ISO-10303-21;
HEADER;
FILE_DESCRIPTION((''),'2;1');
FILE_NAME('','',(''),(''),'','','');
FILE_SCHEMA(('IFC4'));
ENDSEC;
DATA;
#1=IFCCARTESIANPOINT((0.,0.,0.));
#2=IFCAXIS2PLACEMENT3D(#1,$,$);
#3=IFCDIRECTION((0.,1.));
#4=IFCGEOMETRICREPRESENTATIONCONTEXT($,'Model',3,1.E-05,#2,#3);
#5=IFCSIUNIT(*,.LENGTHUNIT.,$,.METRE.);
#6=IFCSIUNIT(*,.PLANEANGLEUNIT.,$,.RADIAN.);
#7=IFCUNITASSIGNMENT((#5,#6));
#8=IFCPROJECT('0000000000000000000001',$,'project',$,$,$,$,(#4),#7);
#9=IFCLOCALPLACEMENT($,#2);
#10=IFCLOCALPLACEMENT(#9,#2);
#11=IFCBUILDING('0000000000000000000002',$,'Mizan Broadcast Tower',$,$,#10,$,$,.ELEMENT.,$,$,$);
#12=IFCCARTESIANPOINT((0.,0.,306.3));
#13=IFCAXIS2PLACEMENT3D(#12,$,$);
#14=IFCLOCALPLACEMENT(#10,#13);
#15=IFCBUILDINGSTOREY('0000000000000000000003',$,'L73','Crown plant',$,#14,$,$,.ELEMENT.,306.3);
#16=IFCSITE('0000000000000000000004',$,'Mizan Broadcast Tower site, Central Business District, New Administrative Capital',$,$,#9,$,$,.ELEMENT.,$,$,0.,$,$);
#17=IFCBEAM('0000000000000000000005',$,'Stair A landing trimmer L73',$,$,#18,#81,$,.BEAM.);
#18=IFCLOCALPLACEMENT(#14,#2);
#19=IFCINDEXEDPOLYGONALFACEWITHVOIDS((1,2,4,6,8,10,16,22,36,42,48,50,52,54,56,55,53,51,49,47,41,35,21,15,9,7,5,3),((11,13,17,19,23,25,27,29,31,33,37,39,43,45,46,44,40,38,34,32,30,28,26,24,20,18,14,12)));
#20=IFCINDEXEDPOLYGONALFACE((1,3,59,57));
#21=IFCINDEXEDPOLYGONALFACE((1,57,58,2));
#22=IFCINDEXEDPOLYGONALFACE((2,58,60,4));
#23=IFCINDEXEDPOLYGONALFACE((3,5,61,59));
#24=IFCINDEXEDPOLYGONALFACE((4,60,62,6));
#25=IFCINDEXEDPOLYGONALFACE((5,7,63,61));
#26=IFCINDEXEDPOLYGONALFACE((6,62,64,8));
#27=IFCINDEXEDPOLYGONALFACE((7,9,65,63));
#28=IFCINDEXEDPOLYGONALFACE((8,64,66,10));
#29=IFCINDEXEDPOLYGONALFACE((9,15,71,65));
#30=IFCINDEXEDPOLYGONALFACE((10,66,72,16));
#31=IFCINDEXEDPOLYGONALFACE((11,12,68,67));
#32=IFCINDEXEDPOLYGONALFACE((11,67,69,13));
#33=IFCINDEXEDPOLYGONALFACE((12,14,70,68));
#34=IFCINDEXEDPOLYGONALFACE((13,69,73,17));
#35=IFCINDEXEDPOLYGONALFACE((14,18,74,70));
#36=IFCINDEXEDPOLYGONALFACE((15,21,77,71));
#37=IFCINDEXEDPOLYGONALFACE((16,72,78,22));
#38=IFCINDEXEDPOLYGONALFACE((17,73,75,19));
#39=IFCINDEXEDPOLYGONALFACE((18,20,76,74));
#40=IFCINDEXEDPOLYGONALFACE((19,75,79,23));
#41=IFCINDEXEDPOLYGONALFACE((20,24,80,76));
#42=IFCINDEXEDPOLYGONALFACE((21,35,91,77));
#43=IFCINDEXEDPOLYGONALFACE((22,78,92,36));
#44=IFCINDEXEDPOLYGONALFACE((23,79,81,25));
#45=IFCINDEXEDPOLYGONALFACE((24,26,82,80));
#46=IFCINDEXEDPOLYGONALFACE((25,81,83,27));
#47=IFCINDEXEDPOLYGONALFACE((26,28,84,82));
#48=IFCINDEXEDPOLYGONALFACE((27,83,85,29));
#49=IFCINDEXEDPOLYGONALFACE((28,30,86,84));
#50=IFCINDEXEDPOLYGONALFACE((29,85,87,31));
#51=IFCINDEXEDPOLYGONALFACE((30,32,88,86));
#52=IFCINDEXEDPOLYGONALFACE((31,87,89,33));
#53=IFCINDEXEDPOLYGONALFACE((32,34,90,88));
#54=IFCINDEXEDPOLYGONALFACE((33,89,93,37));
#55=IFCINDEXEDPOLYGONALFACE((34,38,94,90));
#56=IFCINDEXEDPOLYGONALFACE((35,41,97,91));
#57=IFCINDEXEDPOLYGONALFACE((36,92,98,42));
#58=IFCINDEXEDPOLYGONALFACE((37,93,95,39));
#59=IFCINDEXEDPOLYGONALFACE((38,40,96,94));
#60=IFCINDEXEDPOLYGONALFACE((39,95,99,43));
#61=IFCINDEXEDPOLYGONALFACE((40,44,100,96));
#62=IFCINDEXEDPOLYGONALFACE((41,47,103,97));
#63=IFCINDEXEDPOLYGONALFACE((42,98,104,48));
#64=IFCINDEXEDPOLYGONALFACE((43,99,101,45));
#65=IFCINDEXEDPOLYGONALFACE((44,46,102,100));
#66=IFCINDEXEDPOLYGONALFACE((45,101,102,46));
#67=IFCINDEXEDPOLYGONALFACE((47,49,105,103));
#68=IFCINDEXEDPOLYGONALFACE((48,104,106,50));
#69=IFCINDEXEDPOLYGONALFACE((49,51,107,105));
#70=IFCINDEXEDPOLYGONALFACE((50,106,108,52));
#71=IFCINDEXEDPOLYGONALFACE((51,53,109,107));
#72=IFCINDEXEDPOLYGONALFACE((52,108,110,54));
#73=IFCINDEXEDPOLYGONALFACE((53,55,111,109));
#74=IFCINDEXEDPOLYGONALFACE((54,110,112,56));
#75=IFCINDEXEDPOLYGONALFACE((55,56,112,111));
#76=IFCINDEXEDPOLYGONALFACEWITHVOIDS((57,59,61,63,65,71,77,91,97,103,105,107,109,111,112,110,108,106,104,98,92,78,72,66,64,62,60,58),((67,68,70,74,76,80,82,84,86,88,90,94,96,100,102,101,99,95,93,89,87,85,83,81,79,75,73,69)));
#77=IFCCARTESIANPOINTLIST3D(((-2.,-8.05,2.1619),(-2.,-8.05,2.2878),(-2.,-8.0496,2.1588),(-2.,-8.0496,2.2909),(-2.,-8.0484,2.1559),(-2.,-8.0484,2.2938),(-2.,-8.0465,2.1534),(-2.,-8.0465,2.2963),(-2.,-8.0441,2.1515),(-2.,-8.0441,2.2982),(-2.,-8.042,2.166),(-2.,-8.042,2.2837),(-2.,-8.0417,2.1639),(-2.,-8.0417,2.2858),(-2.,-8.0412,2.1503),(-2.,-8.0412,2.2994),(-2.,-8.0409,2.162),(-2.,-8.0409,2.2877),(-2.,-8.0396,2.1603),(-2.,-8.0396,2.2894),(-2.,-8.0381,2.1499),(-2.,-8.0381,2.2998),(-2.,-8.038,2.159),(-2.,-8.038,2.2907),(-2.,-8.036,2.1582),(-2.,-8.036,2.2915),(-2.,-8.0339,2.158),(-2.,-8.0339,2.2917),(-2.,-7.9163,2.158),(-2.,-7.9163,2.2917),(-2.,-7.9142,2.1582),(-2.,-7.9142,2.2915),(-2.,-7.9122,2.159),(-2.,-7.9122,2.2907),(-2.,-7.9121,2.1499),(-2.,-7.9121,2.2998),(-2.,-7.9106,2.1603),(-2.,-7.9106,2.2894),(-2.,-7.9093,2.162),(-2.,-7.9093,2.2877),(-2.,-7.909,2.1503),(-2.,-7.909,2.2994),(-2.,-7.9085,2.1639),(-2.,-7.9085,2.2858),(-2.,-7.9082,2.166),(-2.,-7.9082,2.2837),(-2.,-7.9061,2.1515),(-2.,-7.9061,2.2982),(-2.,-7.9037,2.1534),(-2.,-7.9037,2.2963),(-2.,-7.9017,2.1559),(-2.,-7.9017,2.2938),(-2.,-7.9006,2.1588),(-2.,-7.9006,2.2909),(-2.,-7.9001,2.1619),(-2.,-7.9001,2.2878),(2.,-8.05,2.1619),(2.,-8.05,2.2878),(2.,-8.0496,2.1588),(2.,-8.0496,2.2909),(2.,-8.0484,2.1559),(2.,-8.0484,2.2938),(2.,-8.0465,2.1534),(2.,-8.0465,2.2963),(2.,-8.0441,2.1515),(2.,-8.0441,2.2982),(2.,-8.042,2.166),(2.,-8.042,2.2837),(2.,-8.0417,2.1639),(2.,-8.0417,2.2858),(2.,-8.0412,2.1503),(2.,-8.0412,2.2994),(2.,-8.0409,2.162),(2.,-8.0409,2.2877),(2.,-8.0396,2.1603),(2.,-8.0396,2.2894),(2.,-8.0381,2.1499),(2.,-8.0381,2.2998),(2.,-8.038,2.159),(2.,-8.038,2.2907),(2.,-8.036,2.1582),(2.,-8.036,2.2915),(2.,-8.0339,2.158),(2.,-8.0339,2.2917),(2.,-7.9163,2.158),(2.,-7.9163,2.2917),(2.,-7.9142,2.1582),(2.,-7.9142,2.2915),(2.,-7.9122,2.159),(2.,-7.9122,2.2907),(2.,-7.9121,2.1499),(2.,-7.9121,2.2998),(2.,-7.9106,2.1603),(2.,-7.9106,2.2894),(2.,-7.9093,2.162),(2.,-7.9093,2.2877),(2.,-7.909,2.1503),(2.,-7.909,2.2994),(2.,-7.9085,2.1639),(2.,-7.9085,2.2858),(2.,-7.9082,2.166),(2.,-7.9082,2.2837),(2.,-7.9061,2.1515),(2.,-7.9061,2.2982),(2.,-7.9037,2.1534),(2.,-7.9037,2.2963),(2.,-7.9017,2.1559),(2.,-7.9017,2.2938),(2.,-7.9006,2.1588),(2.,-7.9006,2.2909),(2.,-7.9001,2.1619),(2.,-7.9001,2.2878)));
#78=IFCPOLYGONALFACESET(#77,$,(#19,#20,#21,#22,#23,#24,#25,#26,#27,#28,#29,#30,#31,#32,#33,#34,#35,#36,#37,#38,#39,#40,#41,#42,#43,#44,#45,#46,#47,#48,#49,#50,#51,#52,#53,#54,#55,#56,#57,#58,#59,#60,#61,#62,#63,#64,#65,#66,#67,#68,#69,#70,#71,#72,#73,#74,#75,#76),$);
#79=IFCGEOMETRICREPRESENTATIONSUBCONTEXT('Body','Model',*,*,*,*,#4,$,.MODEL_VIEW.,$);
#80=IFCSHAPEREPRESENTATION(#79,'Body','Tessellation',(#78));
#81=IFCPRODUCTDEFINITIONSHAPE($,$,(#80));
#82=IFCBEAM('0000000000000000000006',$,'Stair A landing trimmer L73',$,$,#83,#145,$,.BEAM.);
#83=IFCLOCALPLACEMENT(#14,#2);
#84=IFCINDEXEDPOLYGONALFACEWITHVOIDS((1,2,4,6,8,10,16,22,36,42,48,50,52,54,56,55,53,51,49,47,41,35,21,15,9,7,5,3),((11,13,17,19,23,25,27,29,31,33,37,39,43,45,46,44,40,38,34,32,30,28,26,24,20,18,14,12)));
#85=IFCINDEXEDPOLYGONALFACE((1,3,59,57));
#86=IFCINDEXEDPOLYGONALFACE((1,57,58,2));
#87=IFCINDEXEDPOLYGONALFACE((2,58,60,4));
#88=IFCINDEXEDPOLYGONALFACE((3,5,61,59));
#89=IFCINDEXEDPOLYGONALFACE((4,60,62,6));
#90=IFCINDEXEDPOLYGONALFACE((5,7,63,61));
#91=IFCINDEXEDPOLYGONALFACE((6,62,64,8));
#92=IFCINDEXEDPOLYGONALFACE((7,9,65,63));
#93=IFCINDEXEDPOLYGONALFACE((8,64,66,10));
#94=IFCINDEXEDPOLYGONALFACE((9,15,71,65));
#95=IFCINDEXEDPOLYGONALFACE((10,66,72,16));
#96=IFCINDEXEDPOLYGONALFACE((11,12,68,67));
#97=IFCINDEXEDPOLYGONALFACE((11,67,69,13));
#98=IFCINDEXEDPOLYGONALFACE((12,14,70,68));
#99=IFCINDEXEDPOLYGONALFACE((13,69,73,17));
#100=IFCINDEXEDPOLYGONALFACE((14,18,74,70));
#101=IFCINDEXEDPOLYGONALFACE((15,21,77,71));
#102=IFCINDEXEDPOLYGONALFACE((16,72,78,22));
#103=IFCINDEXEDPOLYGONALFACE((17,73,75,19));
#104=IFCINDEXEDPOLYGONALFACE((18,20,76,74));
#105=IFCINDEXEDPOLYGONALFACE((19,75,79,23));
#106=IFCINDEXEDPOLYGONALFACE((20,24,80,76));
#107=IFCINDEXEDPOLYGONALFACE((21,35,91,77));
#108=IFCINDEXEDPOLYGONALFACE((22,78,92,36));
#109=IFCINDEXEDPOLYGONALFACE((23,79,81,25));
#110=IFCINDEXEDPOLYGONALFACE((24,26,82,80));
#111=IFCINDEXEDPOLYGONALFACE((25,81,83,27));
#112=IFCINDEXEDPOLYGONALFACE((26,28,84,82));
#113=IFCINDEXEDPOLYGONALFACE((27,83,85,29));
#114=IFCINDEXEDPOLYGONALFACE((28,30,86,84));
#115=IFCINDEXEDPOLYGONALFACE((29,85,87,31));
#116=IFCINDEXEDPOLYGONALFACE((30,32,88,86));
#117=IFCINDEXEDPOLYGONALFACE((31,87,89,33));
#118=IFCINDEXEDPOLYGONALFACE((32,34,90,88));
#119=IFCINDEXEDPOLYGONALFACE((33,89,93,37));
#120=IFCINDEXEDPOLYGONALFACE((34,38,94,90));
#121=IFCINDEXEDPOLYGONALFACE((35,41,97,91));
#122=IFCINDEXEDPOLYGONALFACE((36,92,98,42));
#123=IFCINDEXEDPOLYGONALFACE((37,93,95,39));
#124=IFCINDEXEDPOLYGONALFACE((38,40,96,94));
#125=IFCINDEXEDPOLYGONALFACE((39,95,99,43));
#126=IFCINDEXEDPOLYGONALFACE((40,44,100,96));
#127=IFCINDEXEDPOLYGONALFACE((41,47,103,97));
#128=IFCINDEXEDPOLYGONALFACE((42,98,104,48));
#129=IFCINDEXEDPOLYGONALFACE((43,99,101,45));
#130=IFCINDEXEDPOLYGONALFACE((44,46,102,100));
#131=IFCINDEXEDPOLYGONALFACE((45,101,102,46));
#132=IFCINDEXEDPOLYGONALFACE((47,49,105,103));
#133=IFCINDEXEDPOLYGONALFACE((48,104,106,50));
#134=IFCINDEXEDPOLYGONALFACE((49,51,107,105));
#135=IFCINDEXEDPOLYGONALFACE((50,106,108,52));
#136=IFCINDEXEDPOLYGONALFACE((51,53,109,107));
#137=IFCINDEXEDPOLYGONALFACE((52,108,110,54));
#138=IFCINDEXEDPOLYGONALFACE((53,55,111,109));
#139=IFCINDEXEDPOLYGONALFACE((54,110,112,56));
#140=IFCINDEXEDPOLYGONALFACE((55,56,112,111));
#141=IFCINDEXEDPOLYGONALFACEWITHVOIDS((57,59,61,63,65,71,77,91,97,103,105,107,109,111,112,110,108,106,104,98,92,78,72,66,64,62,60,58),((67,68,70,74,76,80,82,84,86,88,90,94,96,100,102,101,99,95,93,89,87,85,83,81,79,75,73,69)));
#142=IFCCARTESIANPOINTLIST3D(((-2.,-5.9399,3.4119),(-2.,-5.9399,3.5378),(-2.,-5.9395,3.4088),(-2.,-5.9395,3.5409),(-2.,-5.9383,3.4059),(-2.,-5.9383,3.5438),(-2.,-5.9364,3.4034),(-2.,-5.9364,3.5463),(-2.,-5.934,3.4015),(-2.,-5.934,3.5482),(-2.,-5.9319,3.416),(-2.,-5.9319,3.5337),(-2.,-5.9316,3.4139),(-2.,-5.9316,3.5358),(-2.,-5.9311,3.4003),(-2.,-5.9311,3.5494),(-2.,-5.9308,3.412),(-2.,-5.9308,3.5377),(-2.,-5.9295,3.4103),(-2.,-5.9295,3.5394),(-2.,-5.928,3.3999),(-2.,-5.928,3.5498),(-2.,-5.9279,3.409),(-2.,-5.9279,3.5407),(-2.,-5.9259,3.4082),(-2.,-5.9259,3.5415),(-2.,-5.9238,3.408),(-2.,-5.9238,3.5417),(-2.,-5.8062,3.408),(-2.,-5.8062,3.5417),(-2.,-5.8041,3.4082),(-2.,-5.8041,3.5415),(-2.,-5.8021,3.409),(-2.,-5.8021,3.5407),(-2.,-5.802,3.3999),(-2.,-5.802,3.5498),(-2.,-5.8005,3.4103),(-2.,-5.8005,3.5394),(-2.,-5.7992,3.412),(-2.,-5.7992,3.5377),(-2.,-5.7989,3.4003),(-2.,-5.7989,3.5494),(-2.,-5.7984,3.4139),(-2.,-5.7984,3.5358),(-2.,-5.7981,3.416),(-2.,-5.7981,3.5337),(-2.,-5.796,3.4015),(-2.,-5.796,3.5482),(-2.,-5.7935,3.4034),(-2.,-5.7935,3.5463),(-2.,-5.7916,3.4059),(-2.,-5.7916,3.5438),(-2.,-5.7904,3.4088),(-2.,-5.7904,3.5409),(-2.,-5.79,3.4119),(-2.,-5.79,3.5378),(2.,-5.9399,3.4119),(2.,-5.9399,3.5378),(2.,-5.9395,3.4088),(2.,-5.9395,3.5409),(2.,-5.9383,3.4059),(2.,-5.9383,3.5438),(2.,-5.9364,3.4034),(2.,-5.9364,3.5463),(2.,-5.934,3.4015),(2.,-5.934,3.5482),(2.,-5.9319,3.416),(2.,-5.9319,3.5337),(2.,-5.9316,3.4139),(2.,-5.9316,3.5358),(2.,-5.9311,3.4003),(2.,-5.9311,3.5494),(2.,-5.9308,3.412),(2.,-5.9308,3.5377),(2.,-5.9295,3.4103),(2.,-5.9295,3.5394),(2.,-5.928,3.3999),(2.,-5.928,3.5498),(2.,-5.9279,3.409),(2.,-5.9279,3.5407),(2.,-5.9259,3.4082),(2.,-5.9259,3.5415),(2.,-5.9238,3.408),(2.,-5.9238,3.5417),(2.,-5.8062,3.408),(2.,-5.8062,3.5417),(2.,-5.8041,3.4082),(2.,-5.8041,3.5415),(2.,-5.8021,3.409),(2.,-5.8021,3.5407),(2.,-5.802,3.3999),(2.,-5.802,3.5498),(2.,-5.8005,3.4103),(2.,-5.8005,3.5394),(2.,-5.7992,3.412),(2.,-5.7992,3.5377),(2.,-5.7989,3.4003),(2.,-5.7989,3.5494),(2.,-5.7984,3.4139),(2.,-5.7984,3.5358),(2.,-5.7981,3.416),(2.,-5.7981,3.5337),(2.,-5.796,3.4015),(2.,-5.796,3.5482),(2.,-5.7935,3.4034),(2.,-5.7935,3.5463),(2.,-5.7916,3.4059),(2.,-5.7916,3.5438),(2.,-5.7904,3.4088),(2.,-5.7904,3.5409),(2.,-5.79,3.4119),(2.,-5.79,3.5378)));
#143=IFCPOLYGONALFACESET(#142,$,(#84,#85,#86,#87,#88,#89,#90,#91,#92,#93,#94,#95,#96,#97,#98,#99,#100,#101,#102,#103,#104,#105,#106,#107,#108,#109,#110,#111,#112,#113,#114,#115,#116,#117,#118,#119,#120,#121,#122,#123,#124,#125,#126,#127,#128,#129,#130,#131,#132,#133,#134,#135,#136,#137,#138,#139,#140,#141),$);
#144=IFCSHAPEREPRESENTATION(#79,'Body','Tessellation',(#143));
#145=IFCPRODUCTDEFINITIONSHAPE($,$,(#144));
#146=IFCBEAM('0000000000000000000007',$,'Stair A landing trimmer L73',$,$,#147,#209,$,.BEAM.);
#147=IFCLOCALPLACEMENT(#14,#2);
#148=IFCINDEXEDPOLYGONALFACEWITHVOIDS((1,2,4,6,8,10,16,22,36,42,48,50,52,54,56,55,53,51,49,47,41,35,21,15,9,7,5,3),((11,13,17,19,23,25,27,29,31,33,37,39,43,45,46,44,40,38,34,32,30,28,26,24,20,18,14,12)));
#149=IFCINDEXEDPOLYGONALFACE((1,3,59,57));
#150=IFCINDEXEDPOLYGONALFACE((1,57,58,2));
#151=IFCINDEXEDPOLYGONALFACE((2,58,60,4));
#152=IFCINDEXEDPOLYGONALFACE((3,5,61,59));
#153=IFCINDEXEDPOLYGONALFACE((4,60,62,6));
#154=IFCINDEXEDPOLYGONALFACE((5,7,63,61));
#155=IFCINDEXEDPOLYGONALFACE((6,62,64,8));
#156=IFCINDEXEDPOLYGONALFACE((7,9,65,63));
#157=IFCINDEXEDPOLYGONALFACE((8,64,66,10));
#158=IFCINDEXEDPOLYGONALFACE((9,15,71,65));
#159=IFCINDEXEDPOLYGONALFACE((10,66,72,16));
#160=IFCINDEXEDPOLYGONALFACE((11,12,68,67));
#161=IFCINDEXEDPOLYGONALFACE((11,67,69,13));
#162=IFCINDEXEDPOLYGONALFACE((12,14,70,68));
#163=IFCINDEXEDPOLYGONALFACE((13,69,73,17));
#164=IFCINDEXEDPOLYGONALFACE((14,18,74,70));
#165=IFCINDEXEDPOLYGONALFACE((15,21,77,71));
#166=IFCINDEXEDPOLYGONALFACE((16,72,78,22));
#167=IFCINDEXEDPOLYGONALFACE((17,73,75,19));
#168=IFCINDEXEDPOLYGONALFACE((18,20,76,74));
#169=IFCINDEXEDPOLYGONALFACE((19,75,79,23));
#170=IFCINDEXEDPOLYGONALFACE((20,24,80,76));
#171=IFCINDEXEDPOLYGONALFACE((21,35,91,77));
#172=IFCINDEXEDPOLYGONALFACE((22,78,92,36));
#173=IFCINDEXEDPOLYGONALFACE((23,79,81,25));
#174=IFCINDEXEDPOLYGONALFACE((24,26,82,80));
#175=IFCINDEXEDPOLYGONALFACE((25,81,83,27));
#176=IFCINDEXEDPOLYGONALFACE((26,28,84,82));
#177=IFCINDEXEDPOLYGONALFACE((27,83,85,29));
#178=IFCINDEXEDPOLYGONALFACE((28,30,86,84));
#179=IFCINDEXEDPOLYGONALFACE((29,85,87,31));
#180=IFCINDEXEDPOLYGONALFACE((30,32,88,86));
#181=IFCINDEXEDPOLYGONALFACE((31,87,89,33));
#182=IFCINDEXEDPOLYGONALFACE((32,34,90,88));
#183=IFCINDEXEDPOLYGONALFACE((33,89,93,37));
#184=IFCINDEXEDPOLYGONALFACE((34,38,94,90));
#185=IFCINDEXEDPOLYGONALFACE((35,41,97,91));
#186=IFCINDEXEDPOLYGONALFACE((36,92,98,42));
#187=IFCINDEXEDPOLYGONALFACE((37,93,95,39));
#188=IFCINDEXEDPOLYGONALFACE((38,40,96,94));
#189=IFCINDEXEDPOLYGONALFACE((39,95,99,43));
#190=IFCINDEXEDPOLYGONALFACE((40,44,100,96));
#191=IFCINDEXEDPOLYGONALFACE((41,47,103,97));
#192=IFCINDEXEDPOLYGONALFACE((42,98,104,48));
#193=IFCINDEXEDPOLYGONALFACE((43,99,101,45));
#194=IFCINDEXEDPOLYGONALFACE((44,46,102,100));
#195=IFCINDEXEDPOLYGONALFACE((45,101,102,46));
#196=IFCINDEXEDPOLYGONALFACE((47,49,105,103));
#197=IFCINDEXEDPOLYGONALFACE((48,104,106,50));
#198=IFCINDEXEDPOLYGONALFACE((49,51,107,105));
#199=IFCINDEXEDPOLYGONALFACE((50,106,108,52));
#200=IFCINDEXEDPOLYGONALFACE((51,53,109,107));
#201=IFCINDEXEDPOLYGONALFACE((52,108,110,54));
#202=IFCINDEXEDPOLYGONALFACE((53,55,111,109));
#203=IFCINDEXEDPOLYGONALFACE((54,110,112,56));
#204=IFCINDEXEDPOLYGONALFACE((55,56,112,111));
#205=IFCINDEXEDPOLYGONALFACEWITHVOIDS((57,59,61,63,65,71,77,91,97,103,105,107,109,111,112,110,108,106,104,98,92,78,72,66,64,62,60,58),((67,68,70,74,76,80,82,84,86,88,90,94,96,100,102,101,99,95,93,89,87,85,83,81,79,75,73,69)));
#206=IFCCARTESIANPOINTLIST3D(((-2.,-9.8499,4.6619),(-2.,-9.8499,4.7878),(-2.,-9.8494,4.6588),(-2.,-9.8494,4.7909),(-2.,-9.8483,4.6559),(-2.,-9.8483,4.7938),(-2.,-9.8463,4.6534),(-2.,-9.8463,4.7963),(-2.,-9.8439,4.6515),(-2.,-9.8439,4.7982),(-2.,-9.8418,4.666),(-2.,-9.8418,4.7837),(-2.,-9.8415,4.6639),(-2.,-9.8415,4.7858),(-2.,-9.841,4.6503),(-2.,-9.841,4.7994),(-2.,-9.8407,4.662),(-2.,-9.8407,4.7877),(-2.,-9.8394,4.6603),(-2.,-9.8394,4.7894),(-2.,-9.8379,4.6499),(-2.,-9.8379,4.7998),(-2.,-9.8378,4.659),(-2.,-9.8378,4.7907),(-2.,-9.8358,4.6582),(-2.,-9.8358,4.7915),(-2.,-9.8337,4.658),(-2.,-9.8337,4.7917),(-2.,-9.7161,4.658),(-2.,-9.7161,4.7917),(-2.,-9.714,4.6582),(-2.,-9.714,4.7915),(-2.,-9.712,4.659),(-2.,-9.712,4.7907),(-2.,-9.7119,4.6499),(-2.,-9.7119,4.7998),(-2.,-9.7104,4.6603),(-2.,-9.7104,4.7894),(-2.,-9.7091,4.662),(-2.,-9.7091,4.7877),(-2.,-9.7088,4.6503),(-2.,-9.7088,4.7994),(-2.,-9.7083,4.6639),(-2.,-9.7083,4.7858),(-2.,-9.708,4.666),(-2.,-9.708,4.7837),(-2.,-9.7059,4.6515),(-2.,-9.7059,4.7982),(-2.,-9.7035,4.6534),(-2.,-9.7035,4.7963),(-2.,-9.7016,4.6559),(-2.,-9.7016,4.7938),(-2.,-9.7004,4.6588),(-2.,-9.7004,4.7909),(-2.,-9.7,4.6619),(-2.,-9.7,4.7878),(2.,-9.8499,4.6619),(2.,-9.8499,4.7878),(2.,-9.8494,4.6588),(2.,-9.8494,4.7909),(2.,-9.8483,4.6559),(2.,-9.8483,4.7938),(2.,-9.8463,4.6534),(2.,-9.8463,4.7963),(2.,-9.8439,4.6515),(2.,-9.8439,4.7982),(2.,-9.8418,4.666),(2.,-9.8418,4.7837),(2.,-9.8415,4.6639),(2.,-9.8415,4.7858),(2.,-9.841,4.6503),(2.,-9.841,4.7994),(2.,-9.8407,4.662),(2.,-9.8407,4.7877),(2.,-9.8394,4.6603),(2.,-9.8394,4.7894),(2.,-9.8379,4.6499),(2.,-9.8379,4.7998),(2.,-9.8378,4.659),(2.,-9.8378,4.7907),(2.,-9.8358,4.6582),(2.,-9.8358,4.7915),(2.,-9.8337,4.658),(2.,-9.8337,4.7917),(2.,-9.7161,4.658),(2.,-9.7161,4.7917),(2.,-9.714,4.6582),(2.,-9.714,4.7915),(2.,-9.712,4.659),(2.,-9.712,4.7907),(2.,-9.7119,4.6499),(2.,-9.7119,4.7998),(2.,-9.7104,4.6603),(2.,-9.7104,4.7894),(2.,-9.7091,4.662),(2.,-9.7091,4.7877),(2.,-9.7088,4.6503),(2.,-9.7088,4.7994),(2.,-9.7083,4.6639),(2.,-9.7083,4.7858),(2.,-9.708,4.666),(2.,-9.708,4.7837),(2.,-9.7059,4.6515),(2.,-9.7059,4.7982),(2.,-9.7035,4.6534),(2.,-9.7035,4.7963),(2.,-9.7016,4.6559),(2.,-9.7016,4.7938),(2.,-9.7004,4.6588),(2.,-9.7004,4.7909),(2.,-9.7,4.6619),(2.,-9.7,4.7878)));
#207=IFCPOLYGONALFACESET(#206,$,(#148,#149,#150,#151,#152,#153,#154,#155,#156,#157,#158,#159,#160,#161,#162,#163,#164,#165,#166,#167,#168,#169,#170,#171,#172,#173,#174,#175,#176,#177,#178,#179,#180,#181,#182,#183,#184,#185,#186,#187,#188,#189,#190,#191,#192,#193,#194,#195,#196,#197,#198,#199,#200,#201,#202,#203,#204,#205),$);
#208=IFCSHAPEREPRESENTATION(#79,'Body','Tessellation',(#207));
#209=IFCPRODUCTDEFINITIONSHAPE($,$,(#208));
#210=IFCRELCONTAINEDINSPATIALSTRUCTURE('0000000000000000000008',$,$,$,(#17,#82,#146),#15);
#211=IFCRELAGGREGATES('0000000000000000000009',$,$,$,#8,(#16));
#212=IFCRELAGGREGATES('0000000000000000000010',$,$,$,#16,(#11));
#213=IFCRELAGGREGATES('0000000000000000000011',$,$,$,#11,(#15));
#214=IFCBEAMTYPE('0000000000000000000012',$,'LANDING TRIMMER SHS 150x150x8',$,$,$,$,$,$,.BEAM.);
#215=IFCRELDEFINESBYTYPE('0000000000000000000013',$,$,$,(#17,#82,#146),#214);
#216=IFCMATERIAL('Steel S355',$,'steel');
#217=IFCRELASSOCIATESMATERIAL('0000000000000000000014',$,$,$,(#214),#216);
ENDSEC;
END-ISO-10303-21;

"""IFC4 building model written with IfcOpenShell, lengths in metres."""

from ifc_helpers import new_model, si_unit, direction, frame, origin, origin_2d, place, context, subcontext, project, spatial, hollow_rectangle, extrude, material, material_profile, profile_set, type_object, element, save


model = new_model("IFC4")

# Units and contexts
model_context = context("Model", 3, precision=1e-05, world=origin(), true_north=direction((0.0, 1.0)))
body_context = subcontext(model_context, "Body", "Model", "MODEL_VIEW")
ifc_project = project(units=[si_unit("LENGTHUNIT", "METRE"), si_unit("PLANEANGLEUNIT", "RADIAN")], contexts=[model_context])

# Site, building, storey
site_placement = place(None, origin())
site = spatial("IfcSite", under=ifc_project, at=site_placement, Name="Mizan Broadcast Tower site, Central Business District, New Administrative Capital", CompositionType="ELEMENT", RefElevation=0.0)
building_placement = place(site_placement, origin())
building = spatial("IfcBuilding", under=site, at=building_placement, Name="Mizan Broadcast Tower", CompositionType="ELEMENT")
storey_placement = place(building_placement, frame((0.0, 0.0, 306.3)))
storey = spatial("IfcBuildingStorey", under=building, at=storey_placement, Name="L73", Description="Crown plant", CompositionType="ELEMENT", Elevation=306.3)

# Beams
ifc_material_1 = material(Name="Steel S355", Category="steel")
ifc_material_profile_1 = material_profile(ifc_material_1, hollow_rectangle(XDim=0.1499, YDim=0.1499, WallThickness=0.0081, InnerFilletRadius=0.0081, OuterFilletRadius=0.012, at=origin_2d()), Name="SHS 150x150x8")
ifc_profile_set_1 = profile_set([ifc_material_profile_1], Name="Steel S355")
beam_type_1 = type_object("IfcBeamType", Name="LANDING TRIMMER SHS 150x150x8", PredefinedType="BEAM", material=ifc_profile_set_1)
for number, where, z_axis, x_axis, name in (
    (1, (-2.0, -7.9751, 2.2249), (1.0, 0.0, 0.0), (0.0, 1.0, 0.0), "Stair A landing trimmer L73"),
    (2, (-2.0, -5.865, 3.4749), (1.0, 0.0, 0.0), (0.0, 1.0, 0.0), "Stair A landing trimmer L73"),
    (3, (-2.0, -9.7749, 4.7249), (1.0, 0.0, 0.0), (0.0, 1.0, 0.0), "Stair A landing trimmer L73"),
):
    element("IfcBeam", number, at=place(storey_placement, frame(where, z_axis=z_axis, x_axis=x_axis)), inside=storey, type_object=beam_type_1, Name=name, PredefinedType="BEAM", context=body_context, shape_type="SweptSolid", body=[
        extrude(hollow_rectangle(XDim=0.1499, YDim=0.1499, WallThickness=0.0081, InnerFilletRadius=0.0081, OuterFilletRadius=0.012, at=origin_2d()), origin(), (0.0, 0.0, 1.0), 4.0),
    ])

save(model, "model.ifc")
